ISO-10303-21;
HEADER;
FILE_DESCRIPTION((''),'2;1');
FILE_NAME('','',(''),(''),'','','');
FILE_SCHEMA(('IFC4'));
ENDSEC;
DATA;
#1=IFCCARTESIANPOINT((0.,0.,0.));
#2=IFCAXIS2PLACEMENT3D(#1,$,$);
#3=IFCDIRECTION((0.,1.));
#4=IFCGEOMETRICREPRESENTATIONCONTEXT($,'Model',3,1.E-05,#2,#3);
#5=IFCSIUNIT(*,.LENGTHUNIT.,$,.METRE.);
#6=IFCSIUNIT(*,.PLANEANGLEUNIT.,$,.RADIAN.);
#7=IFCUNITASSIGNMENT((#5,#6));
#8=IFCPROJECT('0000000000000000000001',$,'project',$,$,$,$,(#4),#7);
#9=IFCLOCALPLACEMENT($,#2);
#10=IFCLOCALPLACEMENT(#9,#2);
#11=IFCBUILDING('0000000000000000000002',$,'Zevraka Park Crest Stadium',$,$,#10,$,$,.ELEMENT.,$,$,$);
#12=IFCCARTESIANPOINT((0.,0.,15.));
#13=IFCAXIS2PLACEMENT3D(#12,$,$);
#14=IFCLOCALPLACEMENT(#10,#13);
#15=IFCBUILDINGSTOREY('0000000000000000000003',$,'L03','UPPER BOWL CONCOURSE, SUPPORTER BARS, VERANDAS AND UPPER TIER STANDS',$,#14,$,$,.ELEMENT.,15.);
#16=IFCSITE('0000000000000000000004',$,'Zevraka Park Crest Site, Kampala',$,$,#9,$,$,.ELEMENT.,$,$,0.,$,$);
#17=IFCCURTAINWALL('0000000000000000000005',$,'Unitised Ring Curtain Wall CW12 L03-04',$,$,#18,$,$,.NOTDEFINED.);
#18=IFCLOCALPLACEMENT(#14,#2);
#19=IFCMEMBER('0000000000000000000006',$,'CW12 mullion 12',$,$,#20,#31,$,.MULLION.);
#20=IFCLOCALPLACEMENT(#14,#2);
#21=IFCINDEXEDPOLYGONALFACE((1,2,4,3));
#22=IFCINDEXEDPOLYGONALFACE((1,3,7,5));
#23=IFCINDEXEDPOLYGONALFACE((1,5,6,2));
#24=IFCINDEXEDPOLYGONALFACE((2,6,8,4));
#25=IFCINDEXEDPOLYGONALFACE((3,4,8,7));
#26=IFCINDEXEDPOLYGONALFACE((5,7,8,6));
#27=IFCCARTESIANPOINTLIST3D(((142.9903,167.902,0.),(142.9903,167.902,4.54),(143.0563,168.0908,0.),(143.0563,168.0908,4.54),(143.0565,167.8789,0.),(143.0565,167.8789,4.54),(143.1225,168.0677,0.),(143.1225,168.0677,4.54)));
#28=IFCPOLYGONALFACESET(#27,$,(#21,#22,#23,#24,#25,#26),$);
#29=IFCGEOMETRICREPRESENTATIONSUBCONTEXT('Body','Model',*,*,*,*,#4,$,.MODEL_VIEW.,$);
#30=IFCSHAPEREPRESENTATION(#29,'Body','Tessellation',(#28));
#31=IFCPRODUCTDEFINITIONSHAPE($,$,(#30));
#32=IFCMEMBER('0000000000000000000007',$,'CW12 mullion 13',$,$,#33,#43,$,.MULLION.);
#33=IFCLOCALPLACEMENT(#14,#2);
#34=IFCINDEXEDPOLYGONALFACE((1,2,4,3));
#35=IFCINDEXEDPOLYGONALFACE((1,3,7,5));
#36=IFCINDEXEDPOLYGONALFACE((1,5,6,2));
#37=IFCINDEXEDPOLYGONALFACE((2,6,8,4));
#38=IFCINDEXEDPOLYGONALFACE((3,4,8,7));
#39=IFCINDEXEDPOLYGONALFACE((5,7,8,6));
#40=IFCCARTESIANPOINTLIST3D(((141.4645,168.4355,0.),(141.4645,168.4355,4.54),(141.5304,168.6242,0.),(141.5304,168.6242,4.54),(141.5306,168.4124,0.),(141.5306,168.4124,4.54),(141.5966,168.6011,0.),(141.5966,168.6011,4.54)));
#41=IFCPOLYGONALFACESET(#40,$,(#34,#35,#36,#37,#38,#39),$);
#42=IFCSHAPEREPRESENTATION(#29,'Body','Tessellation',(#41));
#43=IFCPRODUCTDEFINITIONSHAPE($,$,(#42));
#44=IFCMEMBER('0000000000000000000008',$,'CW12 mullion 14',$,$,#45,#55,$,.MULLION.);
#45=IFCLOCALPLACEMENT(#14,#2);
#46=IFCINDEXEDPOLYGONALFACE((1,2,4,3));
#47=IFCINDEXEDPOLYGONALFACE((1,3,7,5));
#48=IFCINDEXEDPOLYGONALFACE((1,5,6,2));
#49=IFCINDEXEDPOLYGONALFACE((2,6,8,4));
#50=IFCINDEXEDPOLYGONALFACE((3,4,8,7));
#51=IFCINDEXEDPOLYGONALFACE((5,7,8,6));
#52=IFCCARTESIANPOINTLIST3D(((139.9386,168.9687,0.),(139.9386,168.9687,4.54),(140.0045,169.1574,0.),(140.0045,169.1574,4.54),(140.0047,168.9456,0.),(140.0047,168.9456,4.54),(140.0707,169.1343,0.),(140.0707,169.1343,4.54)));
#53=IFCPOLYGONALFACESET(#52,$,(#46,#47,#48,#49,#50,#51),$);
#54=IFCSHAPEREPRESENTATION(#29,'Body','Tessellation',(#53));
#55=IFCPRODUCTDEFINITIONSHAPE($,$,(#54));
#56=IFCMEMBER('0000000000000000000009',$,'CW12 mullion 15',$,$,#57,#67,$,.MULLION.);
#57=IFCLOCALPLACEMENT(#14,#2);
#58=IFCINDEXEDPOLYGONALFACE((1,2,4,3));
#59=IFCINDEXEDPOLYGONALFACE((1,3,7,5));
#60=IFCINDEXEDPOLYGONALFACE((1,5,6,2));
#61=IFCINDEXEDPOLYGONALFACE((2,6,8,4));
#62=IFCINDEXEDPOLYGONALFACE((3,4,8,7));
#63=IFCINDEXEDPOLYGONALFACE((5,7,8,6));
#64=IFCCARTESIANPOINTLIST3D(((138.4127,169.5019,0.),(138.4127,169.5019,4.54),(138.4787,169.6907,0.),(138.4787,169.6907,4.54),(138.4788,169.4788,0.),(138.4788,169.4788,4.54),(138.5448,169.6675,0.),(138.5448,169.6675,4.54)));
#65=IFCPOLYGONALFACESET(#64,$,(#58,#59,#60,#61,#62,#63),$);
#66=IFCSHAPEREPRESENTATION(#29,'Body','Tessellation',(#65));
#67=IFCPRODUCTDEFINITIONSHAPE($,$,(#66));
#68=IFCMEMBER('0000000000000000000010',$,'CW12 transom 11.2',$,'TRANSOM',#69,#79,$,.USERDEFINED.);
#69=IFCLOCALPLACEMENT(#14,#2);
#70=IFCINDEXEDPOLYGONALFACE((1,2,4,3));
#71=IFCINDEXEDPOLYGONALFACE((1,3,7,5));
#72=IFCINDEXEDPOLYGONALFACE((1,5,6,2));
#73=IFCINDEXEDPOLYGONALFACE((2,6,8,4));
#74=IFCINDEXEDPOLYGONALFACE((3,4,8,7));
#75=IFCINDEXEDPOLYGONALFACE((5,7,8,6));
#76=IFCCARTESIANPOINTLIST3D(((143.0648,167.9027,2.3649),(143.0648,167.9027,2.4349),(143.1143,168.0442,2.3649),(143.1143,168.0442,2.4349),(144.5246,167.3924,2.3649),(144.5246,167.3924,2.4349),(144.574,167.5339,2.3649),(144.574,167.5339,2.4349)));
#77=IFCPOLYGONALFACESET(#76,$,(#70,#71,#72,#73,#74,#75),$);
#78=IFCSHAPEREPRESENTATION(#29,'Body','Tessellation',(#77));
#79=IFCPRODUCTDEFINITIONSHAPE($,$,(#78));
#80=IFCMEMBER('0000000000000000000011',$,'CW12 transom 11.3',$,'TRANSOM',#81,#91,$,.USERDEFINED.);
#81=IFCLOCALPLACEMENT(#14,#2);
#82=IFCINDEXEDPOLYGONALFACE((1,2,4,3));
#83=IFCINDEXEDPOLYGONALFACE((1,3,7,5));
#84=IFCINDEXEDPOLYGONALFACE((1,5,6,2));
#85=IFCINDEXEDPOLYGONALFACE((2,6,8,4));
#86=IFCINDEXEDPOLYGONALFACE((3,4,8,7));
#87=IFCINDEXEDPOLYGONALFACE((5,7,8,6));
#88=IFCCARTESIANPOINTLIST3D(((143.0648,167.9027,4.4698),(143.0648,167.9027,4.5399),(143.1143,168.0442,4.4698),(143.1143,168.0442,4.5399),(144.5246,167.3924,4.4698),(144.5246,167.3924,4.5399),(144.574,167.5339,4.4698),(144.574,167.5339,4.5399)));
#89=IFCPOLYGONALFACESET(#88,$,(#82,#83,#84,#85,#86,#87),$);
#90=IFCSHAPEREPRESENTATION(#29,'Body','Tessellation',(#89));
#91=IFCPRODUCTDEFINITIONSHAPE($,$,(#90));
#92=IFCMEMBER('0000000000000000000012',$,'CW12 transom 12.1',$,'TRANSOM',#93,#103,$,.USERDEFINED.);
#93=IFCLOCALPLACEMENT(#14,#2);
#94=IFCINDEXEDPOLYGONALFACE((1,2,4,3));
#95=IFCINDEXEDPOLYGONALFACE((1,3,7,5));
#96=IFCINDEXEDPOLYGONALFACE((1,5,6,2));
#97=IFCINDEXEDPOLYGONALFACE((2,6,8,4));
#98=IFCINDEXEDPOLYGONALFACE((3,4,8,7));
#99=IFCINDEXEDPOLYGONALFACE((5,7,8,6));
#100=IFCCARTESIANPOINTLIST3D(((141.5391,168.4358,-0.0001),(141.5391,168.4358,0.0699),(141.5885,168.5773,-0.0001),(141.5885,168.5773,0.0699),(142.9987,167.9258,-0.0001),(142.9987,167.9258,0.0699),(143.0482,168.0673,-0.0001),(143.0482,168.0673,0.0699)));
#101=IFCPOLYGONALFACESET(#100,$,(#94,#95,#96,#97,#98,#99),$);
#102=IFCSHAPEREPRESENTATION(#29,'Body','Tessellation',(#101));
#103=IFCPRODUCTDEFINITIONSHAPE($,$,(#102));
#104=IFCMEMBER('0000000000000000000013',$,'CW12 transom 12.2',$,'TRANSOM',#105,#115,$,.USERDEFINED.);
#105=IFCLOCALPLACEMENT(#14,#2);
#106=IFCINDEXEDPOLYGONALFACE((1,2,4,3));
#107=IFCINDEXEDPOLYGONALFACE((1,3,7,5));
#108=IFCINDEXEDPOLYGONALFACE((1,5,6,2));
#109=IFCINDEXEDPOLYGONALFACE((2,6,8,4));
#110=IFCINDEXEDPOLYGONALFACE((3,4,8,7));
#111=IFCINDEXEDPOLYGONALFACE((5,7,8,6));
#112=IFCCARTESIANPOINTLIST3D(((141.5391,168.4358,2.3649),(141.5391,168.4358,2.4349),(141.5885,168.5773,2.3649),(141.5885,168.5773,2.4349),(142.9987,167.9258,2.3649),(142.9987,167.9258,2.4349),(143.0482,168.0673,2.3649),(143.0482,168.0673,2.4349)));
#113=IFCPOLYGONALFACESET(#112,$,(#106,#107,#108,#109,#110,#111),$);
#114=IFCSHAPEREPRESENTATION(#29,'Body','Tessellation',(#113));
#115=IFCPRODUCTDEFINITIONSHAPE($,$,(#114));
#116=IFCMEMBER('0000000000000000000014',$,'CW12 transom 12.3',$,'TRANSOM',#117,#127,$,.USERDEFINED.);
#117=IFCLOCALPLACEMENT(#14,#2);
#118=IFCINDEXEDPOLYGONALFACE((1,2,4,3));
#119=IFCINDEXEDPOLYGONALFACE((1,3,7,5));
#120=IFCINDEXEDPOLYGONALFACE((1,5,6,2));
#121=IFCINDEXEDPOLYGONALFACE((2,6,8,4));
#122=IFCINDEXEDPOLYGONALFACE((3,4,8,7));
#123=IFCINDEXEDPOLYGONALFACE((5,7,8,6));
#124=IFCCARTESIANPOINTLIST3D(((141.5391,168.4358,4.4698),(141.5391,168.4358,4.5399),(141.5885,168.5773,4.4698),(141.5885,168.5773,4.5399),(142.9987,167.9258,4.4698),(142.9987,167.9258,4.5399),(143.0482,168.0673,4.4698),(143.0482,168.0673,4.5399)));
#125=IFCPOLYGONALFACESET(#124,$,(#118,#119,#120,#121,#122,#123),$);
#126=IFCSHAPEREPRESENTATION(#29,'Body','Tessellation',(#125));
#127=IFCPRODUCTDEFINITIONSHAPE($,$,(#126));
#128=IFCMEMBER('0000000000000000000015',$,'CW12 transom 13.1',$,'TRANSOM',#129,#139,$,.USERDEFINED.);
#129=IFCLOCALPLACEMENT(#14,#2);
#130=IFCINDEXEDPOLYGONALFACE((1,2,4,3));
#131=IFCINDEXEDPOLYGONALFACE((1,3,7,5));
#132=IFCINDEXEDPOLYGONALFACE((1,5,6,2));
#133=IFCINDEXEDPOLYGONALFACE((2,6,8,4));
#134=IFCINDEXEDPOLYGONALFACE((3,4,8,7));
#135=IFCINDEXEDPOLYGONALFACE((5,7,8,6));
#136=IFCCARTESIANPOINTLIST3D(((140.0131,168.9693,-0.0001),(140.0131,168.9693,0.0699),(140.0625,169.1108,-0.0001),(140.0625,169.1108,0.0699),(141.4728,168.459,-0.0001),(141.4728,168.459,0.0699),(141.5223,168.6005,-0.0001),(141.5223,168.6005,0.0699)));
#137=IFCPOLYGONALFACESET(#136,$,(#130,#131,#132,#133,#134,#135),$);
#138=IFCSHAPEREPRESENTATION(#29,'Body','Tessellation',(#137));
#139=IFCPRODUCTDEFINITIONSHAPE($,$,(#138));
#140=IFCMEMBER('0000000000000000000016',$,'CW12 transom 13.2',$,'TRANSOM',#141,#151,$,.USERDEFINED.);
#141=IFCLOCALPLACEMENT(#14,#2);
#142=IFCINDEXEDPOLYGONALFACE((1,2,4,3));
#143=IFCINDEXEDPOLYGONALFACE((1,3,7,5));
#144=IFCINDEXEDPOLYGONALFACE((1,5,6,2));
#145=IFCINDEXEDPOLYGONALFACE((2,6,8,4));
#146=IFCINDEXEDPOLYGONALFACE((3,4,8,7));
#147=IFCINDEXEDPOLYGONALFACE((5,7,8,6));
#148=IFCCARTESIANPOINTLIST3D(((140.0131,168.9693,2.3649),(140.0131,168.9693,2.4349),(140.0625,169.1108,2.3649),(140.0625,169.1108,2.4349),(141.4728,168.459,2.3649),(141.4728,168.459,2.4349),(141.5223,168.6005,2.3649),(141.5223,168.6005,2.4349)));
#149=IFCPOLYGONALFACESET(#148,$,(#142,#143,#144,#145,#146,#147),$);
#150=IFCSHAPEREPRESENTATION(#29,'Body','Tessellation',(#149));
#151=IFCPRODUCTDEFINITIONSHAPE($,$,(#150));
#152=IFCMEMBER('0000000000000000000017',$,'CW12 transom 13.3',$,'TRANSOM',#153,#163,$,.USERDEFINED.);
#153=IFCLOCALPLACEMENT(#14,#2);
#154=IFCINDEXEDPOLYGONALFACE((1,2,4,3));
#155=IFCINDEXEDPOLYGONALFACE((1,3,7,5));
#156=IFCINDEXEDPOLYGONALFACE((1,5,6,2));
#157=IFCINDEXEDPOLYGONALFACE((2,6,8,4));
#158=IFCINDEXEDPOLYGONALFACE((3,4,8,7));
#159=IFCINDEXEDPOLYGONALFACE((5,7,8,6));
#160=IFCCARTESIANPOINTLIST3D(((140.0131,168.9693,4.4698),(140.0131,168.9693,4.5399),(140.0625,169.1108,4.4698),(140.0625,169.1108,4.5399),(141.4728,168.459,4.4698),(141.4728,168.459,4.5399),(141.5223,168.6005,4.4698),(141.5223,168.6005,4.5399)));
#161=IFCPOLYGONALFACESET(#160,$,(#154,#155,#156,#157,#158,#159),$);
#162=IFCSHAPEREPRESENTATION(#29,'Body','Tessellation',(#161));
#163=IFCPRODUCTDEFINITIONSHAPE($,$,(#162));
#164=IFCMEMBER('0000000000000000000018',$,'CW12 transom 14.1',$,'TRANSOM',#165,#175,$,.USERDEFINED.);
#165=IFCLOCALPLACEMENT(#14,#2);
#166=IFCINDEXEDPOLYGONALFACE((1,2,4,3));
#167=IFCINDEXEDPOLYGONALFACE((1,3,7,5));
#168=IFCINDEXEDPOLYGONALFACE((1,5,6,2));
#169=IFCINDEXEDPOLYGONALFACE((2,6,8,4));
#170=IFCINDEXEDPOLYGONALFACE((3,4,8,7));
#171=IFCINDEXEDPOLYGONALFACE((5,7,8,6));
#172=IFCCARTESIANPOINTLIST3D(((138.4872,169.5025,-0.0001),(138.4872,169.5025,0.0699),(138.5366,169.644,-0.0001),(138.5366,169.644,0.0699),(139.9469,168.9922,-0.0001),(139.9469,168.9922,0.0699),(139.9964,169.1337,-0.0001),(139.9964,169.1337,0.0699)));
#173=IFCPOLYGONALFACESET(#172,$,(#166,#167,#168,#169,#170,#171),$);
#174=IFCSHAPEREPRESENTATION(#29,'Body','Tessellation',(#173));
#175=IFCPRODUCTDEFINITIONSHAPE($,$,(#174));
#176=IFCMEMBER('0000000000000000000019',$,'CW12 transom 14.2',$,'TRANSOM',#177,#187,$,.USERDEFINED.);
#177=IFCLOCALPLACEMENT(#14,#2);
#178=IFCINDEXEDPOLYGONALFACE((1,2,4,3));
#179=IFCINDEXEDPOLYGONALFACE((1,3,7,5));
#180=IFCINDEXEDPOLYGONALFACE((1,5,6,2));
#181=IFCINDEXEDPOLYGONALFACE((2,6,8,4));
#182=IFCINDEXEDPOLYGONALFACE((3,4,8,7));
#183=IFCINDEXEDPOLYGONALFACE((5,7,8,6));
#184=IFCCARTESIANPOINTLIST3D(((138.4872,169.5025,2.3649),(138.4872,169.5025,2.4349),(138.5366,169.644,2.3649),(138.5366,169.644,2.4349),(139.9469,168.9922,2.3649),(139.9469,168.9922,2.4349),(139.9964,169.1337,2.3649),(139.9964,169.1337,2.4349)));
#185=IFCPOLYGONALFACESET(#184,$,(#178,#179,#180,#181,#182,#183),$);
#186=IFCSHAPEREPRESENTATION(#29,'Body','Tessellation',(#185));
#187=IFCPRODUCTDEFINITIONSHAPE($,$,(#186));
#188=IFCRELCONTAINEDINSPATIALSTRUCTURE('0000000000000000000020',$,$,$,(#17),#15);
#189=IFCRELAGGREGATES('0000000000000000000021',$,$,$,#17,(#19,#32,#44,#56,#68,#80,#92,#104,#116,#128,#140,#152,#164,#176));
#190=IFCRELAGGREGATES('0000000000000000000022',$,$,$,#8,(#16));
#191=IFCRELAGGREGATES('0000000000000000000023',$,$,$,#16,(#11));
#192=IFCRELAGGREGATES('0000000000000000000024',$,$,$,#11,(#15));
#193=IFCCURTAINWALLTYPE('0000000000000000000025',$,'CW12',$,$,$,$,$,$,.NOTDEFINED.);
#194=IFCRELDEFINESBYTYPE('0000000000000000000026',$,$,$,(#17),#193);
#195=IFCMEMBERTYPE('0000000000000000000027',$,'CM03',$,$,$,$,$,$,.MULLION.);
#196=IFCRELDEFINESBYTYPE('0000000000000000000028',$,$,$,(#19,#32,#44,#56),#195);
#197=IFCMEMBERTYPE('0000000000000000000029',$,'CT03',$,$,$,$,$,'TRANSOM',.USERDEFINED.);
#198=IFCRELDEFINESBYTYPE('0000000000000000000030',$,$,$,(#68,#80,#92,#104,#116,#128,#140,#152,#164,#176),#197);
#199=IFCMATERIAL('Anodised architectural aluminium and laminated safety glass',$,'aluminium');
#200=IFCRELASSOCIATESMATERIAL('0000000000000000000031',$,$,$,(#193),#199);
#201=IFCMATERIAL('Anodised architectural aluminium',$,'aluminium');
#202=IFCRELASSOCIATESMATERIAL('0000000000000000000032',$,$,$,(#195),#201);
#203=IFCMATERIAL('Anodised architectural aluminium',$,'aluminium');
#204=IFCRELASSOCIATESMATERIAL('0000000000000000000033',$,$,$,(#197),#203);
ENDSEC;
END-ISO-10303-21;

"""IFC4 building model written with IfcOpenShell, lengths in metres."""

from ifc_helpers import new_model, si_unit, direction, frame, origin, origin_2d, place, context, subcontext, project, spatial, rectangle, extrude, material, material_profile, profile_set, type_object, element, aggregate, save


model = new_model("IFC4")

# Units and contexts
model_context = context("Model", 3, precision=1e-05, world=origin(), true_north=direction((0.0, 1.0)))
body_context = subcontext(model_context, "Body", "Model", "MODEL_VIEW")
ifc_project = project(units=[si_unit("LENGTHUNIT", "METRE"), si_unit("PLANEANGLEUNIT", "RADIAN")], contexts=[model_context])

# Site, building, storey
site_placement = place(None, origin())
site = spatial("IfcSite", under=ifc_project, at=site_placement, Name="Zevraka Park Crest Site, Kampala", CompositionType="ELEMENT", RefElevation=0.0)
building_placement = place(site_placement, origin())
building = spatial("IfcBuilding", under=site, at=building_placement, Name="Zevraka Park Crest Stadium", CompositionType="ELEMENT")
storey_placement = place(building_placement, frame((0.0, 0.0, 15.0)))
storey = spatial("IfcBuildingStorey", under=building, at=storey_placement, Name="L03", Description="UPPER BOWL CONCOURSE, SUPPORTER BARS, VERANDAS AND UPPER TIER STANDS", CompositionType="ELEMENT", Elevation=15.0)

# Curtain wall, members
ifc_material_1 = material(Name="Anodised architectural aluminium and laminated safety glass", Category="aluminium")
curtain_wall_type = type_object("IfcCurtainWallType", Name="CW12", PredefinedType="NOTDEFINED", material=ifc_material_1)
curtain_wall_placement = place(storey_placement, origin())
curtain_wall = element("IfcCurtainWall", 1, at=curtain_wall_placement, inside=storey, type_object=curtain_wall_type, Name="Unitised Ring Curtain Wall CW12 L03-04", PredefinedType="NOTDEFINED")
ifc_material_2 = material(Name="Anodised architectural aluminium", Category="aluminium")
ifc_material_profile_1 = material_profile(ifc_material_2, rectangle(XDim=0.2, YDim=0.0701, at=origin_2d()), Name="ALU MULLION 200x70")
ifc_profile_set_1 = profile_set([ifc_material_profile_1], Name="Anodised architectural aluminium")
member_type_1 = type_object("IfcMemberType", Name="CM03", PredefinedType="MULLION", material=ifc_profile_set_1)
member_1_placement = place(storey_placement, frame((143.0564, 167.9849, 0.0), z_axis=(0.0, 0.0, 1.0), x_axis=(-0.329917, -0.94401, 0.0)))
member_1 = element("IfcMember", 2, at=member_1_placement, type_object=member_type_1, Name="CW12 mullion 12", PredefinedType="MULLION", context=body_context, shape_type="SweptSolid", body=[
    extrude(rectangle(XDim=0.2, YDim=0.0701, at=origin_2d()), origin(), (0.0, 0.0, 1.0), 4.54),
])
member_2_placement = place(storey_placement, frame((141.5305, 168.5183, 0.0), z_axis=(0.0, 0.0, 1.0), x_axis=(-0.329917, -0.94401, 0.0)))
member_2 = element("IfcMember", 3, at=member_2_placement, type_object=member_type_1, Name="CW12 mullion 13", PredefinedType="MULLION", context=body_context, shape_type="SweptSolid", body=[
    extrude(rectangle(XDim=0.2, YDim=0.0701, at=origin_2d()), origin(), (0.0, 0.0, 1.0), 4.54),
])
member_3_placement = place(storey_placement, frame((140.0046, 169.0515, 0.0), z_axis=(0.0, 0.0, 1.0), x_axis=(-0.329917, -0.94401, 0.0)))
member_3 = element("IfcMember", 4, at=member_3_placement, type_object=member_type_1, Name="CW12 mullion 14", PredefinedType="MULLION", context=body_context, shape_type="SweptSolid", body=[
    extrude(rectangle(XDim=0.2, YDim=0.0701, at=origin_2d()), origin(), (0.0, 0.0, 1.0), 4.54),
])
member_4_placement = place(storey_placement, frame((138.4788, 169.5847, 0.0), z_axis=(0.0, 0.0, 1.0), x_axis=(-0.329917, -0.94401, 0.0)))
member_4 = element("IfcMember", 5, at=member_4_placement, type_object=member_type_1, Name="CW12 mullion 15", PredefinedType="MULLION", context=body_context, shape_type="SweptSolid", body=[
    extrude(rectangle(XDim=0.2, YDim=0.0701, at=origin_2d()), origin(), (0.0, 0.0, 1.0), 4.54),
])
ifc_material_3 = material(Name="Anodised architectural aluminium", Category="aluminium")
ifc_material_profile_2 = material_profile(ifc_material_3, rectangle(XDim=0.1499, YDim=0.0701, at=origin_2d()), Name="ALU TRANSOM 150x70")
ifc_profile_set_2 = profile_set([ifc_material_profile_2], Name="Anodised architectural aluminium")
member_type_2 = type_object("IfcMemberType", Name="CT03", ElementType="TRANSOM", PredefinedType="USERDEFINED", material=ifc_profile_set_2)
member_5_placement = place(storey_placement, frame((144.5493, 167.4631, 2.3999), z_axis=(-0.943989, 0.329978, 0.0), x_axis=(-0.329978, -0.943989, 0.0)))
member_5 = element("IfcMember", 6, at=member_5_placement, type_object=member_type_2, Name="CW12 transom 11.2", ObjectType="TRANSOM", PredefinedType="USERDEFINED", context=body_context, shape_type="SweptSolid", body=[
    extrude(rectangle(XDim=0.1499, YDim=0.0701, at=origin_2d()), origin(), (0.0, 0.0, 1.0), 1.5464),
])
member_6_placement = place(storey_placement, frame((144.5493, 167.4631, 4.5049), z_axis=(-0.943989, 0.329978, 0.0), x_axis=(-0.329978, -0.943989, 0.0)))
member_6 = element("IfcMember", 7, at=member_6_placement, type_object=member_type_2, Name="CW12 transom 11.3", ObjectType="TRANSOM", PredefinedType="USERDEFINED", context=body_context, shape_type="SweptSolid", body=[
    extrude(rectangle(XDim=0.1499, YDim=0.0701, at=origin_2d()), origin(), (0.0, 0.0, 1.0), 1.5464),
])
member_7_placement = place(storey_placement, frame((143.0234, 167.9966, 0.0349), z_axis=(-0.944038, 0.329837, 0.0), x_axis=(-0.329837, -0.944038, 0.0)))
member_7 = element("IfcMember", 8, at=member_7_placement, type_object=member_type_2, Name="CW12 transom 12.1", ObjectType="TRANSOM", PredefinedType="USERDEFINED", context=body_context, shape_type="SweptSolid", body=[
    extrude(rectangle(XDim=0.1499, YDim=0.0701, at=origin_2d()), origin(), (0.0, 0.0, 1.0), 1.5461),
])
member_8_placement = place(storey_placement, frame((143.0234, 167.9966, 2.3999), z_axis=(-0.944038, 0.329837, 0.0), x_axis=(-0.329837, -0.944038, 0.0)))
member_8 = element("IfcMember", 9, at=member_8_placement, type_object=member_type_2, Name="CW12 transom 12.2", ObjectType="TRANSOM", PredefinedType="USERDEFINED", context=body_context, shape_type="SweptSolid", body=[
    extrude(rectangle(XDim=0.1499, YDim=0.0701, at=origin_2d()), origin(), (0.0, 0.0, 1.0), 1.5461),
])
member_9_placement = place(storey_placement, frame((143.0234, 167.9966, 4.5049), z_axis=(-0.944038, 0.329837, 0.0), x_axis=(-0.329837, -0.944038, 0.0)))
member_9 = element("IfcMember", 10, at=member_9_placement, type_object=member_type_2, Name="CW12 transom 12.3", ObjectType="TRANSOM", PredefinedType="USERDEFINED", context=body_context, shape_type="SweptSolid", body=[
    extrude(rectangle(XDim=0.1499, YDim=0.0701, at=origin_2d()), origin(), (0.0, 0.0, 1.0), 1.5461),
])
member_10_placement = place(storey_placement, frame((141.4976, 168.5298, 0.0349), z_axis=(-0.943989, 0.329978, 0.0), x_axis=(-0.329978, -0.943989, 0.0)))
member_10 = element("IfcMember", 11, at=member_10_placement, type_object=member_type_2, Name="CW12 transom 13.1", ObjectType="TRANSOM", PredefinedType="USERDEFINED", context=body_context, shape_type="SweptSolid", body=[
    extrude(rectangle(XDim=0.1499, YDim=0.0701, at=origin_2d()), origin(), (0.0, 0.0, 1.0), 1.5464),
])
member_11_placement = place(storey_placement, frame((141.4976, 168.5298, 2.3999), z_axis=(-0.943989, 0.329978, 0.0), x_axis=(-0.329978, -0.943989, 0.0)))
member_11 = element("IfcMember", 12, at=member_11_placement, type_object=member_type_2, Name="CW12 transom 13.2", ObjectType="TRANSOM", PredefinedType="USERDEFINED", context=body_context, shape_type="SweptSolid", body=[
    extrude(rectangle(XDim=0.1499, YDim=0.0701, at=origin_2d()), origin(), (0.0, 0.0, 1.0), 1.5464),
])
member_12_placement = place(storey_placement, frame((141.4976, 168.5298, 4.5049), z_axis=(-0.943989, 0.329978, 0.0), x_axis=(-0.329978, -0.943989, 0.0)))
member_12 = element("IfcMember", 13, at=member_12_placement, type_object=member_type_2, Name="CW12 transom 13.3", ObjectType="TRANSOM", PredefinedType="USERDEFINED", context=body_context, shape_type="SweptSolid", body=[
    extrude(rectangle(XDim=0.1499, YDim=0.0701, at=origin_2d()), origin(), (0.0, 0.0, 1.0), 1.5464),
])
member_13_placement = place(storey_placement, frame((139.9717, 169.063, 0.0349), z_axis=(-0.943989, 0.329978, 0.0), x_axis=(-0.329978, -0.943989, 0.0)))
member_13 = element("IfcMember", 14, at=member_13_placement, type_object=member_type_2, Name="CW12 transom 14.1", ObjectType="TRANSOM", PredefinedType="USERDEFINED", context=body_context, shape_type="SweptSolid", body=[
    extrude(rectangle(XDim=0.1499, YDim=0.0701, at=origin_2d()), origin(), (0.0, 0.0, 1.0), 1.5464),
])
member_14_placement = place(storey_placement, frame((139.9717, 169.063, 2.3999), z_axis=(-0.943989, 0.329978, 0.0), x_axis=(-0.329978, -0.943989, 0.0)))
member_14 = element("IfcMember", 15, at=member_14_placement, type_object=member_type_2, Name="CW12 transom 14.2", ObjectType="TRANSOM", PredefinedType="USERDEFINED", context=body_context, shape_type="SweptSolid", body=[
    extrude(rectangle(XDim=0.1499, YDim=0.0701, at=origin_2d()), origin(), (0.0, 0.0, 1.0), 1.5464),
])

aggregate(curtain_wall, [member_1, member_2, member_3, member_4, member_5, member_6, member_7, member_8, member_9, member_10, member_11, member_12, member_13, member_14])

save(model, "model.ifc")
